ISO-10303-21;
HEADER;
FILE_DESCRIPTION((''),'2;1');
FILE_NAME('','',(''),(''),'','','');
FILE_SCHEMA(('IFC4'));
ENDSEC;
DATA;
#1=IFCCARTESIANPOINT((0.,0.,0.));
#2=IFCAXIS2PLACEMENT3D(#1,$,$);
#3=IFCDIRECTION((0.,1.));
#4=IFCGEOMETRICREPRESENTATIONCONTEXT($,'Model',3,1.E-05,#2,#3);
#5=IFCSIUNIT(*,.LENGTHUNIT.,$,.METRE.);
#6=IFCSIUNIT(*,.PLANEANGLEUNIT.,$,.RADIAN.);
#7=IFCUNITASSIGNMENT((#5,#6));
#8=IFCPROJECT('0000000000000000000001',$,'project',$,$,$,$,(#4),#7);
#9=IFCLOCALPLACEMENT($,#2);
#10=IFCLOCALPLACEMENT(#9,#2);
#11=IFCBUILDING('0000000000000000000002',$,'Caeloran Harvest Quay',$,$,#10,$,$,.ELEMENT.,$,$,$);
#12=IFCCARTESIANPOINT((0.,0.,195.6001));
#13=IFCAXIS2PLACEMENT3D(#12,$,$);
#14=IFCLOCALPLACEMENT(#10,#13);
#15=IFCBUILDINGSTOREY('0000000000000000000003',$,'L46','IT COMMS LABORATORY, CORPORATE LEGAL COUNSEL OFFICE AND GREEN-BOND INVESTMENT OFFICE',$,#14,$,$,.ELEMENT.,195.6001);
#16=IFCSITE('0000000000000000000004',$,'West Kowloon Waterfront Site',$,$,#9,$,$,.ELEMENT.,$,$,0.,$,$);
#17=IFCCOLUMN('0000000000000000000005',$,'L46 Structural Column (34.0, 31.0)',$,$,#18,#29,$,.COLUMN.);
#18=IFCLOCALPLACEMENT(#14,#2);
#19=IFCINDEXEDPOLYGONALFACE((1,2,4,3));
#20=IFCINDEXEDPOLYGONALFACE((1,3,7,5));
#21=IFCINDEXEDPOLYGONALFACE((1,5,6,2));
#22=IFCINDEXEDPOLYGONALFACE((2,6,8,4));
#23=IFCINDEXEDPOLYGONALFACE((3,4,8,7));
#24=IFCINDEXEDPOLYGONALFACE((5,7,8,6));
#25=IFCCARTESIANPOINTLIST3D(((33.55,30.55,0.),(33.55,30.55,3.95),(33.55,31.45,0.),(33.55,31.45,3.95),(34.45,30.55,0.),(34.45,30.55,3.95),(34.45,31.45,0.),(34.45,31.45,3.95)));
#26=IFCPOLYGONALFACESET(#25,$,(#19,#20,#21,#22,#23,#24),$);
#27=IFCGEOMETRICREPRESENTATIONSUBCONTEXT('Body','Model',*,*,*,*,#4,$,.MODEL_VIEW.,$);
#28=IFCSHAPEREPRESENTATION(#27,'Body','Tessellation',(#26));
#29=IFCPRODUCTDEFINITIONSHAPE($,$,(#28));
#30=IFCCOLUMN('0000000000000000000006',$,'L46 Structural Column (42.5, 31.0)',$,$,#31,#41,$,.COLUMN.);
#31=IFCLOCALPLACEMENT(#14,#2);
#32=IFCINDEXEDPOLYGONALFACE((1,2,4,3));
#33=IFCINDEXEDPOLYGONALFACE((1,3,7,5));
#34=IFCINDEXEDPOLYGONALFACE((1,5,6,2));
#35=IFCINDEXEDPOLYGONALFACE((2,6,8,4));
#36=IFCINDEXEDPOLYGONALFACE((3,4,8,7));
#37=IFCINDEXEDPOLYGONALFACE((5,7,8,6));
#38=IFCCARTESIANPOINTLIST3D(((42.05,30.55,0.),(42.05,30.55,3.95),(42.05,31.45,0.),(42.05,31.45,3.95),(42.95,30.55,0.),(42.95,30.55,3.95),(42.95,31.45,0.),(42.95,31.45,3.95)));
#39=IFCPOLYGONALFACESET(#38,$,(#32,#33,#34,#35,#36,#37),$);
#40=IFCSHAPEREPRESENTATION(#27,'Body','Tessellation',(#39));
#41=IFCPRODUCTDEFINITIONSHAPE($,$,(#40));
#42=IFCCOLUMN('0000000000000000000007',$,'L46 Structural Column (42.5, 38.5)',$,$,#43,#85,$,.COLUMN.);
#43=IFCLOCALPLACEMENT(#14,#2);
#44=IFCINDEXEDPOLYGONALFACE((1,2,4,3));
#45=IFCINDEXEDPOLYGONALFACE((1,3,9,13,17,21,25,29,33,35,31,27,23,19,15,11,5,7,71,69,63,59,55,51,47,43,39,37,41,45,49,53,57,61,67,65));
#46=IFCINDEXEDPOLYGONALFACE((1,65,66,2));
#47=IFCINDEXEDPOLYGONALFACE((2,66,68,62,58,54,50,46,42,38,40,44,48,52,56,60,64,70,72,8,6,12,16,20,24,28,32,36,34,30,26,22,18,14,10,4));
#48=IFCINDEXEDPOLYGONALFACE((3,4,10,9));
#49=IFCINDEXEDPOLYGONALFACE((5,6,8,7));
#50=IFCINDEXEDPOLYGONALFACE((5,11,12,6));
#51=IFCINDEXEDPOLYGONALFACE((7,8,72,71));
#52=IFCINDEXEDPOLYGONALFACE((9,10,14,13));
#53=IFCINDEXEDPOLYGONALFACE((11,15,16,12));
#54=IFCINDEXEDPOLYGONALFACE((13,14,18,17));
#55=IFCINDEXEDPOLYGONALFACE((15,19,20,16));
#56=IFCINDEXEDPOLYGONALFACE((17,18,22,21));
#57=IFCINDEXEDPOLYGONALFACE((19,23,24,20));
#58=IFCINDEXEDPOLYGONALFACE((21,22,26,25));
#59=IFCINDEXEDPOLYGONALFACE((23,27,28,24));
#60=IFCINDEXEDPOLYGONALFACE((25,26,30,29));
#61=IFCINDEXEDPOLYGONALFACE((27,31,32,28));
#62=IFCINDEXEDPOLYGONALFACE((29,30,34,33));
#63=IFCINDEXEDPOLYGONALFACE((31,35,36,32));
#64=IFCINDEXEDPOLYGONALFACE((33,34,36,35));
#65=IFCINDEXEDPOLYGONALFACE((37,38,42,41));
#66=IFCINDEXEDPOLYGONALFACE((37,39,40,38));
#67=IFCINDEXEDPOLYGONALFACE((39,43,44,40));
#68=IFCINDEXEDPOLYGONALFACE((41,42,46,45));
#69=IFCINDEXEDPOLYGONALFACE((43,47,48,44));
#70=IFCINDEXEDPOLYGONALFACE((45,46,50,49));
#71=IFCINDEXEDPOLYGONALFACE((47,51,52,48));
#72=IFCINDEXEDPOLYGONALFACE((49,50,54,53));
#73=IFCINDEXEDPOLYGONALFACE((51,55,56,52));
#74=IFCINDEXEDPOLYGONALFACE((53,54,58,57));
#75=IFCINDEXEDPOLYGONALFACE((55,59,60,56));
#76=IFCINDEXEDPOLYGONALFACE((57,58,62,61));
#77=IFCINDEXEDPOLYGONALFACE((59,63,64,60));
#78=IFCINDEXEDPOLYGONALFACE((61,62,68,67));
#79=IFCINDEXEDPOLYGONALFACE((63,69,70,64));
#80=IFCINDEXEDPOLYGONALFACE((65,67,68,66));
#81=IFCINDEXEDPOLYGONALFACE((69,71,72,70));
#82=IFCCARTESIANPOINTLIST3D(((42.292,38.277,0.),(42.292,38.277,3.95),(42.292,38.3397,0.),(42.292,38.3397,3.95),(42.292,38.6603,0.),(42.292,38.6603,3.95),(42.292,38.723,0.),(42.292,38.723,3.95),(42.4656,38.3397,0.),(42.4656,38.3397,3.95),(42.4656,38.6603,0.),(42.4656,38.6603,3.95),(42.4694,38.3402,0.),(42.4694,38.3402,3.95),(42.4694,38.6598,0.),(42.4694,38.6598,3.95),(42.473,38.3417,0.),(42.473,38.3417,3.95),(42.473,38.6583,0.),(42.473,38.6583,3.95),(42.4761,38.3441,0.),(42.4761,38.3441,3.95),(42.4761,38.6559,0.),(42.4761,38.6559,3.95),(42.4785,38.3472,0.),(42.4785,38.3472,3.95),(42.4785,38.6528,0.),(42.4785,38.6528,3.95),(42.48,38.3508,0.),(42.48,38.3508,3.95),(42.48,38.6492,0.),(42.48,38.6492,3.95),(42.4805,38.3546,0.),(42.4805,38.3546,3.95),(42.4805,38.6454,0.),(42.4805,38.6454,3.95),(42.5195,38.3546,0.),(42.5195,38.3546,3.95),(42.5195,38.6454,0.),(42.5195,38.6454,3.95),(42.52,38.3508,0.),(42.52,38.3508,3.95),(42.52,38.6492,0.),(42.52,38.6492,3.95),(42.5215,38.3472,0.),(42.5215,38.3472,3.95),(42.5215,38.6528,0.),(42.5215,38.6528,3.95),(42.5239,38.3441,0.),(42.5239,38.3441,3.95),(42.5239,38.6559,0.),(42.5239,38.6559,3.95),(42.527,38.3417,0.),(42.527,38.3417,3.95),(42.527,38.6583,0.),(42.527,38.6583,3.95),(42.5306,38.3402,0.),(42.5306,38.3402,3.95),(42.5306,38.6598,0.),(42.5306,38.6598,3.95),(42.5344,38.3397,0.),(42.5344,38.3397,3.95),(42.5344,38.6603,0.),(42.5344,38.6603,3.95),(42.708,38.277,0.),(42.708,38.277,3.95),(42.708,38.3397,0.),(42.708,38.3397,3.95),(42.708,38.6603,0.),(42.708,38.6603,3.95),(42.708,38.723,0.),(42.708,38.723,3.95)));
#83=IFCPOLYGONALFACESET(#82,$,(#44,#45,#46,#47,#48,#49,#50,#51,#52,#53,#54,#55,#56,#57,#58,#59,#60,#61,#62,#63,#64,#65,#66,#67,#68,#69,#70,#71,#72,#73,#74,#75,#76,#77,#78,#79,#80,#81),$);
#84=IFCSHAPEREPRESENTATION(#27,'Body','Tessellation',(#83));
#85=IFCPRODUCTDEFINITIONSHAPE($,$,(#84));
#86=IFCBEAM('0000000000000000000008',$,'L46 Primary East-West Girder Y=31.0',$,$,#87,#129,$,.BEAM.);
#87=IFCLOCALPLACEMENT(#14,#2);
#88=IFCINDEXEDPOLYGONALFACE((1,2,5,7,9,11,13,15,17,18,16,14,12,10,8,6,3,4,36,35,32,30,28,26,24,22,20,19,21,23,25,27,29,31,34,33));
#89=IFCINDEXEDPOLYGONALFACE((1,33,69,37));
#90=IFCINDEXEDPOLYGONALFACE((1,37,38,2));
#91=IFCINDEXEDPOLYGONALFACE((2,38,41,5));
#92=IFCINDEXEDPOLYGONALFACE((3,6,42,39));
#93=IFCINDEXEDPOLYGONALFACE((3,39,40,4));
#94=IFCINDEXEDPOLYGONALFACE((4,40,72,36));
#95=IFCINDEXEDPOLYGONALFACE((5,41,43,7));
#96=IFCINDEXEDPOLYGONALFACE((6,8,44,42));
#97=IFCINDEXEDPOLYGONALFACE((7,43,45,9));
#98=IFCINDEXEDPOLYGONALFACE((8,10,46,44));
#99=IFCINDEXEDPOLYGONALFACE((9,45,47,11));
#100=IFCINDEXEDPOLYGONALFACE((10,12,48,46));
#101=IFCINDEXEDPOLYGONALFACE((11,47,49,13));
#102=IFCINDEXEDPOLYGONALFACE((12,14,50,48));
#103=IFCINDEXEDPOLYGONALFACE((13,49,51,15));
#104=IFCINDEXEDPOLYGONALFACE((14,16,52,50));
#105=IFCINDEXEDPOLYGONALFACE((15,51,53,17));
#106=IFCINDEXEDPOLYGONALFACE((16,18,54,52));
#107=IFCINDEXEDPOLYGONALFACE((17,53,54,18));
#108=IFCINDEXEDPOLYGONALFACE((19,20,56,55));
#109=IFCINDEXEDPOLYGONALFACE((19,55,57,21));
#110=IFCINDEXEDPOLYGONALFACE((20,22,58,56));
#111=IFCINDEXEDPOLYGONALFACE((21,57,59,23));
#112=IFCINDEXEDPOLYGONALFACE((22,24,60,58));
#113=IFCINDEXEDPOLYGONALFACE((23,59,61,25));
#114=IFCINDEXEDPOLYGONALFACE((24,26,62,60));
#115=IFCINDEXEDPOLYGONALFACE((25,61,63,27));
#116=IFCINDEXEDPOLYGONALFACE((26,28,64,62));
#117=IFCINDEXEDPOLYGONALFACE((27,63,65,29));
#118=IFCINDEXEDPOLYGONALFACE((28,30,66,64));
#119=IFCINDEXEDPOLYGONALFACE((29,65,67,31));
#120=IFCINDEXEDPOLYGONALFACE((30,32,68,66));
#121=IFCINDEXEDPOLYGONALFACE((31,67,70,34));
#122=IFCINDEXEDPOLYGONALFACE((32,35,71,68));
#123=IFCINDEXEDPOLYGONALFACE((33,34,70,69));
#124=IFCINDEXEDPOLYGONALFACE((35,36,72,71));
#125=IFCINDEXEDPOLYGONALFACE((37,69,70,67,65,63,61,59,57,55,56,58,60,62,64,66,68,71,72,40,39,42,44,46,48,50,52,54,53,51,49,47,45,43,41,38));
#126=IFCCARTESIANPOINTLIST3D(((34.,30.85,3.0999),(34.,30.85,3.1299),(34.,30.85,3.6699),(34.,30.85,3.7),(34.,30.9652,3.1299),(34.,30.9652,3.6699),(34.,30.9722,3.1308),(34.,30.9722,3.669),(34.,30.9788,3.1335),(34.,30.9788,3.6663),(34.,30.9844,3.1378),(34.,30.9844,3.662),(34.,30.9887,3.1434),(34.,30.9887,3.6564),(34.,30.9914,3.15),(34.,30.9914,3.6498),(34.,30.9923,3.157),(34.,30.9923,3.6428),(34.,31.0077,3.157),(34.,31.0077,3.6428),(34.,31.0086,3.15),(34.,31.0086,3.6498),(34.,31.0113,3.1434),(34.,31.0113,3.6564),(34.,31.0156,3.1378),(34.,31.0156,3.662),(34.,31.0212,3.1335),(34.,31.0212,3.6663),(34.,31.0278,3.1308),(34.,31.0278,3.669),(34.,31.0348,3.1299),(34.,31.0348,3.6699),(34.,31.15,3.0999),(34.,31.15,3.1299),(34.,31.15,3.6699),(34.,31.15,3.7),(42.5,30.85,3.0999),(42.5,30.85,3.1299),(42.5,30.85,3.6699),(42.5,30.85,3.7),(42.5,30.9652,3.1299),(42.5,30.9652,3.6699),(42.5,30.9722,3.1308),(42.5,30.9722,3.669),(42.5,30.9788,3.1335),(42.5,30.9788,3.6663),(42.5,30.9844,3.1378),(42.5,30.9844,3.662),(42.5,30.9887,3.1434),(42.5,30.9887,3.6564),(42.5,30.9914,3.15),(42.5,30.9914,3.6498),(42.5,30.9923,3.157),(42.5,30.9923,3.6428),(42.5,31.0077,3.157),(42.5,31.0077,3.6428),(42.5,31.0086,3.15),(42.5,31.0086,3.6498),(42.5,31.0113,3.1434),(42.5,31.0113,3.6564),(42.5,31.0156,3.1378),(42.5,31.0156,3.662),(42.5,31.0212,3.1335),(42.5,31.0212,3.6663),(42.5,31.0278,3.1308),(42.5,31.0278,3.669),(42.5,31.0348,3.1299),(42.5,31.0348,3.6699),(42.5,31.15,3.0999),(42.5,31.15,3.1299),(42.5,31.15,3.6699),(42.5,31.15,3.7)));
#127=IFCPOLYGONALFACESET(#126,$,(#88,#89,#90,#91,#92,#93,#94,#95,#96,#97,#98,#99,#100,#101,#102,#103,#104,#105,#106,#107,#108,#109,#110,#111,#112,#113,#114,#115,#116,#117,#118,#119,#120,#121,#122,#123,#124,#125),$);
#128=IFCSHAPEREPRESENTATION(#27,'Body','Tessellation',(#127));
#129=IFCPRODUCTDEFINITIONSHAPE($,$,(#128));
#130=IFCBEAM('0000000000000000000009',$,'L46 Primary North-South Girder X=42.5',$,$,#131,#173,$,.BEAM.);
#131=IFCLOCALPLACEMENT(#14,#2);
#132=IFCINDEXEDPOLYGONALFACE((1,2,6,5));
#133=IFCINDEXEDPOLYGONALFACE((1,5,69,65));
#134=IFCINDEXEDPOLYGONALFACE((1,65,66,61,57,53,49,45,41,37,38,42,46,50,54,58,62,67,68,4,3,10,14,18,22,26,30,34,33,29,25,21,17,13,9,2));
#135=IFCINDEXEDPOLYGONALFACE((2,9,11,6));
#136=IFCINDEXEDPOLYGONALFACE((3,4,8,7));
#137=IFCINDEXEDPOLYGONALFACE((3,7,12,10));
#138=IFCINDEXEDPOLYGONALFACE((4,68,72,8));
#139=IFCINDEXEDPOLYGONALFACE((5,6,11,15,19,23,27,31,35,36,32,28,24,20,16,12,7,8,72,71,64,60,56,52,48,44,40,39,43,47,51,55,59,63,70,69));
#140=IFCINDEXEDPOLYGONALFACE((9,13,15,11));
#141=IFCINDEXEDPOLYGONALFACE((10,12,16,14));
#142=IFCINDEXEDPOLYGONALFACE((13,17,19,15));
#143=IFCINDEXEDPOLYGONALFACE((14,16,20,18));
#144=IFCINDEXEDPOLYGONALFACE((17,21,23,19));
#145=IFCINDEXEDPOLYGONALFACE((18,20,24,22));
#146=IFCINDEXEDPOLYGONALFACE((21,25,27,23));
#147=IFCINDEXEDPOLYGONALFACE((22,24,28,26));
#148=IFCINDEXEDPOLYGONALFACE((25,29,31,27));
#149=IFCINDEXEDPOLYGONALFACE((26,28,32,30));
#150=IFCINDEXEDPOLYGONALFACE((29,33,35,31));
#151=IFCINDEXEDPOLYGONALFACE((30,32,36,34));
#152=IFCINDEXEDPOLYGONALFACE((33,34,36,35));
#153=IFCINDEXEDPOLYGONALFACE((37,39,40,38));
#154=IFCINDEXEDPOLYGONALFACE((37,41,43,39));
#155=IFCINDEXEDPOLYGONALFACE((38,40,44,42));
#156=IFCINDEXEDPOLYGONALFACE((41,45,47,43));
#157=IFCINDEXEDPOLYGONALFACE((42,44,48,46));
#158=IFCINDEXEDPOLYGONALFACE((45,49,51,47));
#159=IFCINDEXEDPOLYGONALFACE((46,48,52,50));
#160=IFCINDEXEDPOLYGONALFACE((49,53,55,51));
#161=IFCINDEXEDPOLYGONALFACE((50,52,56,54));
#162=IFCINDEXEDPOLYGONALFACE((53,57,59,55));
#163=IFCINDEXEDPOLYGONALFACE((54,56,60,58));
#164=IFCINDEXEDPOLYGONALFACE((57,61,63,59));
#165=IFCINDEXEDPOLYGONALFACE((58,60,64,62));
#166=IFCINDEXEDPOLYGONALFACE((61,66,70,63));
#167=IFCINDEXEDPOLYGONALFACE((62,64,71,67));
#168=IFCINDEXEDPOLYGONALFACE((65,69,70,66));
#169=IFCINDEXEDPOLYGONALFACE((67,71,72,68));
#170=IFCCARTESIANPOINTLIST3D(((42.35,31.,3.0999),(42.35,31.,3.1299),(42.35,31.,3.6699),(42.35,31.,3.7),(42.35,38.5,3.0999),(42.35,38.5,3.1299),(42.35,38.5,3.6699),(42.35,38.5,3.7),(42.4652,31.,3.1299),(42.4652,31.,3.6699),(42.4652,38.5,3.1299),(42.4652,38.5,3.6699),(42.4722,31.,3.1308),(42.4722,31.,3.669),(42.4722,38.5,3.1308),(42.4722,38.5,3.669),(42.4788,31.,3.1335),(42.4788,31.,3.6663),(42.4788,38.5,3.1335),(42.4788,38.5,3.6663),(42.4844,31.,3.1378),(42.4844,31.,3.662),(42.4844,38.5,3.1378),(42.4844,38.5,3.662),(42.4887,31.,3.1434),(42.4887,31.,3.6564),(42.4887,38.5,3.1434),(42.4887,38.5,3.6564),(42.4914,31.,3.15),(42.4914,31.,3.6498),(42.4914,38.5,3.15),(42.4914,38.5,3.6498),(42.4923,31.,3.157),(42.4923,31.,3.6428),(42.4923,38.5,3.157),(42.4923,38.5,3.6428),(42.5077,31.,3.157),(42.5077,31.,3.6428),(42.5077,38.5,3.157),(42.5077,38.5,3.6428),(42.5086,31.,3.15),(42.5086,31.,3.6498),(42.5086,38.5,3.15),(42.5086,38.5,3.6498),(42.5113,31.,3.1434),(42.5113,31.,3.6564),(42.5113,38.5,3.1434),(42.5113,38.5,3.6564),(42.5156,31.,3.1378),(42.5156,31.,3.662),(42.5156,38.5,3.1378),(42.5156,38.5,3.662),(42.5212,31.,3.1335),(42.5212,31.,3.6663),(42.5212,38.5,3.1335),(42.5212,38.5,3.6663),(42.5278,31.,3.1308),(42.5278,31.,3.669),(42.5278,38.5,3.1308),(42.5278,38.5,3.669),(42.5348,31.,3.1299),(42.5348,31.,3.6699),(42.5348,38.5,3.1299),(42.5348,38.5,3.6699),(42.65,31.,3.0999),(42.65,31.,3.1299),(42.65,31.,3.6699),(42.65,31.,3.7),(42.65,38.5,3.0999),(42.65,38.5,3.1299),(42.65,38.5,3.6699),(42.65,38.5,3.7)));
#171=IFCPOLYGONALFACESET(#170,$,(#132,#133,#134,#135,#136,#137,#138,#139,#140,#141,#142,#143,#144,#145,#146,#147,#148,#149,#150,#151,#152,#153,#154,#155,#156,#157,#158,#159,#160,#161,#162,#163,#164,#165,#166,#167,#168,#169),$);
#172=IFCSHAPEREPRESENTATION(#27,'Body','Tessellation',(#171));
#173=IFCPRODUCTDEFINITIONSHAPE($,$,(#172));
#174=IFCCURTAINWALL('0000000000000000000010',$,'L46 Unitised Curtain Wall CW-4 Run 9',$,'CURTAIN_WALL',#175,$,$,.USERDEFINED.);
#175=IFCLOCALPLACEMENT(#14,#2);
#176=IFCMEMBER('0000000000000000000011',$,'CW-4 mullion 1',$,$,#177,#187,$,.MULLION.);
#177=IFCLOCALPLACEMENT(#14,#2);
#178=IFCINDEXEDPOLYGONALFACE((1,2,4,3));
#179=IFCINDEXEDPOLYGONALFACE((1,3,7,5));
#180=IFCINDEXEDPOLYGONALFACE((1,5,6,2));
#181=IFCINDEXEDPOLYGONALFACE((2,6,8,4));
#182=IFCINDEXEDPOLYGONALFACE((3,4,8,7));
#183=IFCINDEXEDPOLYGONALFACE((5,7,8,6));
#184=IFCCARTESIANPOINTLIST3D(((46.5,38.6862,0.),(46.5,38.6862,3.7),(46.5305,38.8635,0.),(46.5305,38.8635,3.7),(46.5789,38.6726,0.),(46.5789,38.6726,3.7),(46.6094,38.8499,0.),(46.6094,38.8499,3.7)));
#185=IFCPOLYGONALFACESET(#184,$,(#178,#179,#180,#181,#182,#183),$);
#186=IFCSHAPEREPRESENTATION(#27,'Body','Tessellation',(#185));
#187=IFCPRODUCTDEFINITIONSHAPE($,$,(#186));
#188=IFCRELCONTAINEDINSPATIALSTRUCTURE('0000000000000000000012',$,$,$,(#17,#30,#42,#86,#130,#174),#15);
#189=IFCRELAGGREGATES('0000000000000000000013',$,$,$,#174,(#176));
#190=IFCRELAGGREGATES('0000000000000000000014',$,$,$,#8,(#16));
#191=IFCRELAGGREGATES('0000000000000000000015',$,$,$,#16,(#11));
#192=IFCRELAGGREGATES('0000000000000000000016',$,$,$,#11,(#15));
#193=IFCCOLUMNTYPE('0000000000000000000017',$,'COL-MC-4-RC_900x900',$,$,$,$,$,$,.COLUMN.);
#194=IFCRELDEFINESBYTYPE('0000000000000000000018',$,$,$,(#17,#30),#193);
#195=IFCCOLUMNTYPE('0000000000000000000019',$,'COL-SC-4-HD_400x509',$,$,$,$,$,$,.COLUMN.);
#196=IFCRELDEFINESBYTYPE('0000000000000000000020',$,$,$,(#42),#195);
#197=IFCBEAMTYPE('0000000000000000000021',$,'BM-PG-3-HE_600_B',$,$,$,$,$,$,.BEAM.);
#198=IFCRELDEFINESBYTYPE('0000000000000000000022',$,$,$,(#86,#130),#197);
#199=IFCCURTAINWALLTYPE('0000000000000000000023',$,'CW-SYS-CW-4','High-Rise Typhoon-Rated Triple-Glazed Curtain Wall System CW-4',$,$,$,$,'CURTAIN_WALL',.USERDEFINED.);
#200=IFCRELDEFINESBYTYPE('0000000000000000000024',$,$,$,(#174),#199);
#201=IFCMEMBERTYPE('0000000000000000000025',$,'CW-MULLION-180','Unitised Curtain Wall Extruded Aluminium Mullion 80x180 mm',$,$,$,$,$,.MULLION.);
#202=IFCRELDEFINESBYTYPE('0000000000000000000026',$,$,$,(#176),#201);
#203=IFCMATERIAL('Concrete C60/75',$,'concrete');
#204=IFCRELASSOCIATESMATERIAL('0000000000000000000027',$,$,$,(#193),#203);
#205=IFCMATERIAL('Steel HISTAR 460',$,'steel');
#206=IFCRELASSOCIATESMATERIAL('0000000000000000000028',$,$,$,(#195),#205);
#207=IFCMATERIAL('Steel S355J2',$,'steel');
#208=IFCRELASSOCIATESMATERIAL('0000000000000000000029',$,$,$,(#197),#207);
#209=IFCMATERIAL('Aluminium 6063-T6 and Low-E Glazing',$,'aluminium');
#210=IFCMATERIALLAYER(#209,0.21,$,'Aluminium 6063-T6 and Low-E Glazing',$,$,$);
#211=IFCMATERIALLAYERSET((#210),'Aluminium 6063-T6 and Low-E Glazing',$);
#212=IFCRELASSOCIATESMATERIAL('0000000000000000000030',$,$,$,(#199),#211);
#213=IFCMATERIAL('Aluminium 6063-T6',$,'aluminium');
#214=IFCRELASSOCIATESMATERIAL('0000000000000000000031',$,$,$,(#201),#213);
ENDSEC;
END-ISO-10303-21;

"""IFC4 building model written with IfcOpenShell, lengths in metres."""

from ifc_helpers import new_model, si_unit, direction, frame, origin, origin_2d, place, context, subcontext, project, spatial, rectangle, i_section, extrude, material, layer, layer_set, material_profile, profile_set, type_object, element, aggregate, save


model = new_model("IFC4")

# Units and contexts
model_context = context("Model", 3, precision=1e-05, world=origin(), true_north=direction((0.0, 1.0)))
body_context = subcontext(model_context, "Body", "Model", "MODEL_VIEW")
ifc_project = project(units=[si_unit("LENGTHUNIT", "METRE"), si_unit("PLANEANGLEUNIT", "RADIAN")], contexts=[model_context])

# Site, building, storey
site_placement = place(None, origin())
site = spatial("IfcSite", under=ifc_project, at=site_placement, Name="West Kowloon Waterfront Site", CompositionType="ELEMENT", RefElevation=0.0)
building_placement = place(site_placement, origin())
building = spatial("IfcBuilding", under=site, at=building_placement, Name="Caeloran Harvest Quay", CompositionType="ELEMENT")
storey_placement = place(building_placement, frame((0.0, 0.0, 195.6001)))
storey = spatial("IfcBuildingStorey", under=building, at=storey_placement, Name="L46", Description="IT COMMS LABORATORY, CORPORATE LEGAL COUNSEL OFFICE AND GREEN-BOND INVESTMENT OFFICE", CompositionType="ELEMENT", Elevation=195.6001)

# Columns
ifc_material_1 = material(Name="Concrete C60/75", Category="concrete")
ifc_material_profile_1 = material_profile(ifc_material_1, rectangle(XDim=0.8999, YDim=0.8999, at=origin_2d()), Name="RC 900x900")
ifc_profile_set_1 = profile_set([ifc_material_profile_1], Name="Concrete C60/75")
column_type_1 = type_object("IfcColumnType", Name="COL-MC-4-RC_900x900", PredefinedType="COLUMN", material=ifc_profile_set_1)
for number, where, z_axis, x_axis, name in (
    (1, (34.0, 31.0, 0.0), (0.0, 0.0, 1.0), (1.0, 0.0, 0.0), "L46 Structural Column (34.0, 31.0)"),
    (2, (42.5, 31.0, 0.0), (0.0, 0.0, 1.0), (1.0, 0.0, 0.0), "L46 Structural Column (42.5, 31.0)"),
):
    element("IfcColumn", number, at=place(storey_placement, frame(where, z_axis=z_axis, x_axis=x_axis)), inside=storey, type_object=column_type_1, Name=name, PredefinedType="COLUMN", context=body_context, shape_type="SweptSolid", body=[
        extrude(rectangle(XDim=0.8999, YDim=0.8999, at=origin_2d()), origin(), (0.0, 0.0, 1.0), 3.95),
    ])
ifc_material_2 = material(Name="Steel HISTAR 460", Category="steel")
ifc_material_profile_2 = material_profile(ifc_material_2, i_section(OverallWidth=0.416, OverallDepth=0.446, WebThickness=0.0391, FlangeThickness=0.0627, FilletRadius=0.0149, at=origin_2d()), Name="HD 400x509")
ifc_profile_set_2 = profile_set([ifc_material_profile_2], Name="Steel HISTAR 460")
column_type_2 = type_object("IfcColumnType", Name="COL-SC-4-HD_400x509", PredefinedType="COLUMN", material=ifc_profile_set_2)
column_placement = place(storey_placement, frame((42.5, 38.5, 0.0), z_axis=(0.0, 0.0, 1.0), x_axis=(1.0, 0.0, 0.0)))
element("IfcColumn", 3, at=column_placement, inside=storey, type_object=column_type_2, Name="L46 Structural Column (42.5, 38.5)", PredefinedType="COLUMN", context=body_context, shape_type="SweptSolid", body=[
    extrude(i_section(OverallWidth=0.416, OverallDepth=0.446, WebThickness=0.0391, FlangeThickness=0.0627, FilletRadius=0.0149, at=origin_2d()), origin(), (0.0, 0.0, 1.0), 3.95),
])

# Beams
ifc_material_3 = material(Name="Steel S355J2", Category="steel")
ifc_material_profile_3 = material_profile(ifc_material_3, i_section(OverallWidth=0.3, OverallDepth=0.6001, WebThickness=0.0154, FlangeThickness=0.03, FilletRadius=0.0271, at=origin_2d()), Name="HE 600 B")
ifc_profile_set_3 = profile_set([ifc_material_profile_3], Name="Steel S355J2")
beam_type = type_object("IfcBeamType", Name="BM-PG-3-HE_600_B", PredefinedType="BEAM", material=ifc_profile_set_3)
beam_1_placement = place(storey_placement, frame((34.0, 31.0, 3.3999), z_axis=(1.0, 0.0, 0.0), x_axis=(0.0, 1.0, 0.0)))
element("IfcBeam", 4, at=beam_1_placement, inside=storey, type_object=beam_type, Name="L46 Primary East-West Girder Y=31.0", PredefinedType="BEAM", context=body_context, shape_type="SweptSolid", body=[
    extrude(i_section(OverallWidth=0.3, OverallDepth=0.6001, WebThickness=0.0154, FlangeThickness=0.03, FilletRadius=0.0271, at=origin_2d()), origin(), (0.0, 0.0, 1.0), 8.5),
])
beam_2_placement = place(storey_placement, frame((42.5, 31.0, 3.3999), z_axis=(0.0, 1.0, 0.0), x_axis=(-1.0, 0.0, 0.0)))
element("IfcBeam", 5, at=beam_2_placement, inside=storey, type_object=beam_type, Name="L46 Primary North-South Girder X=42.5", PredefinedType="BEAM", context=body_context, shape_type="SweptSolid", body=[
    extrude(i_section(OverallWidth=0.3, OverallDepth=0.6001, WebThickness=0.0154, FlangeThickness=0.03, FilletRadius=0.0271, at=origin_2d()), origin(), (0.0, 0.0, 1.0), 7.5),
])

# Curtain wall, member
ifc_material_4 = material(Name="Aluminium 6063-T6 and Low-E Glazing", Category="aluminium")
ifc_layer_1 = layer(ifc_material_4, 0.21, Name="Aluminium 6063-T6 and Low-E Glazing")
ifc_layer_set_1 = layer_set([ifc_layer_1], Name="Aluminium 6063-T6 and Low-E Glazing")
curtain_wall_type = type_object("IfcCurtainWallType", Name="CW-SYS-CW-4", Description="High-Rise Typhoon-Rated Triple-Glazed Curtain Wall System CW-4", ElementType="CURTAIN_WALL", PredefinedType="USERDEFINED", material=ifc_layer_set_1)
curtain_wall_placement = place(storey_placement, origin())
curtain_wall = element("IfcCurtainWall", 6, at=curtain_wall_placement, inside=storey, type_object=curtain_wall_type, Name="L46 Unitised Curtain Wall CW-4 Run 9", ObjectType="CURTAIN_WALL", PredefinedType="USERDEFINED")
ifc_material_5 = material(Name="Aluminium 6063-T6", Category="aluminium")
ifc_material_profile_4 = material_profile(ifc_material_5, rectangle(XDim=0.0801, YDim=0.1799, at=origin_2d()), Name="CW-MULLION-180")
ifc_profile_set_4 = profile_set([ifc_material_profile_4], Name="Aluminium 6063-T6")
member_type_1 = type_object("IfcMemberType", Name="CW-MULLION-180", Description="Unitised Curtain Wall Extruded Aluminium Mullion 80x180 mm", PredefinedType="MULLION", material=ifc_profile_set_4)
member_1_placement = place(storey_placement, frame((46.5547, 38.7681, 0.0), z_axis=(0.0, 0.0, 1.0), x_axis=(0.985549, -0.169392, 0.0)))
member_1 = element("IfcMember", 7, at=member_1_placement, type_object=member_type_1, Name="CW-4 mullion 1", PredefinedType="MULLION", context=body_context, shape_type="SweptSolid", body=[
    extrude(rectangle(XDim=0.0801, YDim=0.1799, at=origin_2d()), origin(), (0.0, 0.0, 1.0), 3.7),
])
aggregate(curtain_wall, [member_1])

save(model, "model.ifc")
